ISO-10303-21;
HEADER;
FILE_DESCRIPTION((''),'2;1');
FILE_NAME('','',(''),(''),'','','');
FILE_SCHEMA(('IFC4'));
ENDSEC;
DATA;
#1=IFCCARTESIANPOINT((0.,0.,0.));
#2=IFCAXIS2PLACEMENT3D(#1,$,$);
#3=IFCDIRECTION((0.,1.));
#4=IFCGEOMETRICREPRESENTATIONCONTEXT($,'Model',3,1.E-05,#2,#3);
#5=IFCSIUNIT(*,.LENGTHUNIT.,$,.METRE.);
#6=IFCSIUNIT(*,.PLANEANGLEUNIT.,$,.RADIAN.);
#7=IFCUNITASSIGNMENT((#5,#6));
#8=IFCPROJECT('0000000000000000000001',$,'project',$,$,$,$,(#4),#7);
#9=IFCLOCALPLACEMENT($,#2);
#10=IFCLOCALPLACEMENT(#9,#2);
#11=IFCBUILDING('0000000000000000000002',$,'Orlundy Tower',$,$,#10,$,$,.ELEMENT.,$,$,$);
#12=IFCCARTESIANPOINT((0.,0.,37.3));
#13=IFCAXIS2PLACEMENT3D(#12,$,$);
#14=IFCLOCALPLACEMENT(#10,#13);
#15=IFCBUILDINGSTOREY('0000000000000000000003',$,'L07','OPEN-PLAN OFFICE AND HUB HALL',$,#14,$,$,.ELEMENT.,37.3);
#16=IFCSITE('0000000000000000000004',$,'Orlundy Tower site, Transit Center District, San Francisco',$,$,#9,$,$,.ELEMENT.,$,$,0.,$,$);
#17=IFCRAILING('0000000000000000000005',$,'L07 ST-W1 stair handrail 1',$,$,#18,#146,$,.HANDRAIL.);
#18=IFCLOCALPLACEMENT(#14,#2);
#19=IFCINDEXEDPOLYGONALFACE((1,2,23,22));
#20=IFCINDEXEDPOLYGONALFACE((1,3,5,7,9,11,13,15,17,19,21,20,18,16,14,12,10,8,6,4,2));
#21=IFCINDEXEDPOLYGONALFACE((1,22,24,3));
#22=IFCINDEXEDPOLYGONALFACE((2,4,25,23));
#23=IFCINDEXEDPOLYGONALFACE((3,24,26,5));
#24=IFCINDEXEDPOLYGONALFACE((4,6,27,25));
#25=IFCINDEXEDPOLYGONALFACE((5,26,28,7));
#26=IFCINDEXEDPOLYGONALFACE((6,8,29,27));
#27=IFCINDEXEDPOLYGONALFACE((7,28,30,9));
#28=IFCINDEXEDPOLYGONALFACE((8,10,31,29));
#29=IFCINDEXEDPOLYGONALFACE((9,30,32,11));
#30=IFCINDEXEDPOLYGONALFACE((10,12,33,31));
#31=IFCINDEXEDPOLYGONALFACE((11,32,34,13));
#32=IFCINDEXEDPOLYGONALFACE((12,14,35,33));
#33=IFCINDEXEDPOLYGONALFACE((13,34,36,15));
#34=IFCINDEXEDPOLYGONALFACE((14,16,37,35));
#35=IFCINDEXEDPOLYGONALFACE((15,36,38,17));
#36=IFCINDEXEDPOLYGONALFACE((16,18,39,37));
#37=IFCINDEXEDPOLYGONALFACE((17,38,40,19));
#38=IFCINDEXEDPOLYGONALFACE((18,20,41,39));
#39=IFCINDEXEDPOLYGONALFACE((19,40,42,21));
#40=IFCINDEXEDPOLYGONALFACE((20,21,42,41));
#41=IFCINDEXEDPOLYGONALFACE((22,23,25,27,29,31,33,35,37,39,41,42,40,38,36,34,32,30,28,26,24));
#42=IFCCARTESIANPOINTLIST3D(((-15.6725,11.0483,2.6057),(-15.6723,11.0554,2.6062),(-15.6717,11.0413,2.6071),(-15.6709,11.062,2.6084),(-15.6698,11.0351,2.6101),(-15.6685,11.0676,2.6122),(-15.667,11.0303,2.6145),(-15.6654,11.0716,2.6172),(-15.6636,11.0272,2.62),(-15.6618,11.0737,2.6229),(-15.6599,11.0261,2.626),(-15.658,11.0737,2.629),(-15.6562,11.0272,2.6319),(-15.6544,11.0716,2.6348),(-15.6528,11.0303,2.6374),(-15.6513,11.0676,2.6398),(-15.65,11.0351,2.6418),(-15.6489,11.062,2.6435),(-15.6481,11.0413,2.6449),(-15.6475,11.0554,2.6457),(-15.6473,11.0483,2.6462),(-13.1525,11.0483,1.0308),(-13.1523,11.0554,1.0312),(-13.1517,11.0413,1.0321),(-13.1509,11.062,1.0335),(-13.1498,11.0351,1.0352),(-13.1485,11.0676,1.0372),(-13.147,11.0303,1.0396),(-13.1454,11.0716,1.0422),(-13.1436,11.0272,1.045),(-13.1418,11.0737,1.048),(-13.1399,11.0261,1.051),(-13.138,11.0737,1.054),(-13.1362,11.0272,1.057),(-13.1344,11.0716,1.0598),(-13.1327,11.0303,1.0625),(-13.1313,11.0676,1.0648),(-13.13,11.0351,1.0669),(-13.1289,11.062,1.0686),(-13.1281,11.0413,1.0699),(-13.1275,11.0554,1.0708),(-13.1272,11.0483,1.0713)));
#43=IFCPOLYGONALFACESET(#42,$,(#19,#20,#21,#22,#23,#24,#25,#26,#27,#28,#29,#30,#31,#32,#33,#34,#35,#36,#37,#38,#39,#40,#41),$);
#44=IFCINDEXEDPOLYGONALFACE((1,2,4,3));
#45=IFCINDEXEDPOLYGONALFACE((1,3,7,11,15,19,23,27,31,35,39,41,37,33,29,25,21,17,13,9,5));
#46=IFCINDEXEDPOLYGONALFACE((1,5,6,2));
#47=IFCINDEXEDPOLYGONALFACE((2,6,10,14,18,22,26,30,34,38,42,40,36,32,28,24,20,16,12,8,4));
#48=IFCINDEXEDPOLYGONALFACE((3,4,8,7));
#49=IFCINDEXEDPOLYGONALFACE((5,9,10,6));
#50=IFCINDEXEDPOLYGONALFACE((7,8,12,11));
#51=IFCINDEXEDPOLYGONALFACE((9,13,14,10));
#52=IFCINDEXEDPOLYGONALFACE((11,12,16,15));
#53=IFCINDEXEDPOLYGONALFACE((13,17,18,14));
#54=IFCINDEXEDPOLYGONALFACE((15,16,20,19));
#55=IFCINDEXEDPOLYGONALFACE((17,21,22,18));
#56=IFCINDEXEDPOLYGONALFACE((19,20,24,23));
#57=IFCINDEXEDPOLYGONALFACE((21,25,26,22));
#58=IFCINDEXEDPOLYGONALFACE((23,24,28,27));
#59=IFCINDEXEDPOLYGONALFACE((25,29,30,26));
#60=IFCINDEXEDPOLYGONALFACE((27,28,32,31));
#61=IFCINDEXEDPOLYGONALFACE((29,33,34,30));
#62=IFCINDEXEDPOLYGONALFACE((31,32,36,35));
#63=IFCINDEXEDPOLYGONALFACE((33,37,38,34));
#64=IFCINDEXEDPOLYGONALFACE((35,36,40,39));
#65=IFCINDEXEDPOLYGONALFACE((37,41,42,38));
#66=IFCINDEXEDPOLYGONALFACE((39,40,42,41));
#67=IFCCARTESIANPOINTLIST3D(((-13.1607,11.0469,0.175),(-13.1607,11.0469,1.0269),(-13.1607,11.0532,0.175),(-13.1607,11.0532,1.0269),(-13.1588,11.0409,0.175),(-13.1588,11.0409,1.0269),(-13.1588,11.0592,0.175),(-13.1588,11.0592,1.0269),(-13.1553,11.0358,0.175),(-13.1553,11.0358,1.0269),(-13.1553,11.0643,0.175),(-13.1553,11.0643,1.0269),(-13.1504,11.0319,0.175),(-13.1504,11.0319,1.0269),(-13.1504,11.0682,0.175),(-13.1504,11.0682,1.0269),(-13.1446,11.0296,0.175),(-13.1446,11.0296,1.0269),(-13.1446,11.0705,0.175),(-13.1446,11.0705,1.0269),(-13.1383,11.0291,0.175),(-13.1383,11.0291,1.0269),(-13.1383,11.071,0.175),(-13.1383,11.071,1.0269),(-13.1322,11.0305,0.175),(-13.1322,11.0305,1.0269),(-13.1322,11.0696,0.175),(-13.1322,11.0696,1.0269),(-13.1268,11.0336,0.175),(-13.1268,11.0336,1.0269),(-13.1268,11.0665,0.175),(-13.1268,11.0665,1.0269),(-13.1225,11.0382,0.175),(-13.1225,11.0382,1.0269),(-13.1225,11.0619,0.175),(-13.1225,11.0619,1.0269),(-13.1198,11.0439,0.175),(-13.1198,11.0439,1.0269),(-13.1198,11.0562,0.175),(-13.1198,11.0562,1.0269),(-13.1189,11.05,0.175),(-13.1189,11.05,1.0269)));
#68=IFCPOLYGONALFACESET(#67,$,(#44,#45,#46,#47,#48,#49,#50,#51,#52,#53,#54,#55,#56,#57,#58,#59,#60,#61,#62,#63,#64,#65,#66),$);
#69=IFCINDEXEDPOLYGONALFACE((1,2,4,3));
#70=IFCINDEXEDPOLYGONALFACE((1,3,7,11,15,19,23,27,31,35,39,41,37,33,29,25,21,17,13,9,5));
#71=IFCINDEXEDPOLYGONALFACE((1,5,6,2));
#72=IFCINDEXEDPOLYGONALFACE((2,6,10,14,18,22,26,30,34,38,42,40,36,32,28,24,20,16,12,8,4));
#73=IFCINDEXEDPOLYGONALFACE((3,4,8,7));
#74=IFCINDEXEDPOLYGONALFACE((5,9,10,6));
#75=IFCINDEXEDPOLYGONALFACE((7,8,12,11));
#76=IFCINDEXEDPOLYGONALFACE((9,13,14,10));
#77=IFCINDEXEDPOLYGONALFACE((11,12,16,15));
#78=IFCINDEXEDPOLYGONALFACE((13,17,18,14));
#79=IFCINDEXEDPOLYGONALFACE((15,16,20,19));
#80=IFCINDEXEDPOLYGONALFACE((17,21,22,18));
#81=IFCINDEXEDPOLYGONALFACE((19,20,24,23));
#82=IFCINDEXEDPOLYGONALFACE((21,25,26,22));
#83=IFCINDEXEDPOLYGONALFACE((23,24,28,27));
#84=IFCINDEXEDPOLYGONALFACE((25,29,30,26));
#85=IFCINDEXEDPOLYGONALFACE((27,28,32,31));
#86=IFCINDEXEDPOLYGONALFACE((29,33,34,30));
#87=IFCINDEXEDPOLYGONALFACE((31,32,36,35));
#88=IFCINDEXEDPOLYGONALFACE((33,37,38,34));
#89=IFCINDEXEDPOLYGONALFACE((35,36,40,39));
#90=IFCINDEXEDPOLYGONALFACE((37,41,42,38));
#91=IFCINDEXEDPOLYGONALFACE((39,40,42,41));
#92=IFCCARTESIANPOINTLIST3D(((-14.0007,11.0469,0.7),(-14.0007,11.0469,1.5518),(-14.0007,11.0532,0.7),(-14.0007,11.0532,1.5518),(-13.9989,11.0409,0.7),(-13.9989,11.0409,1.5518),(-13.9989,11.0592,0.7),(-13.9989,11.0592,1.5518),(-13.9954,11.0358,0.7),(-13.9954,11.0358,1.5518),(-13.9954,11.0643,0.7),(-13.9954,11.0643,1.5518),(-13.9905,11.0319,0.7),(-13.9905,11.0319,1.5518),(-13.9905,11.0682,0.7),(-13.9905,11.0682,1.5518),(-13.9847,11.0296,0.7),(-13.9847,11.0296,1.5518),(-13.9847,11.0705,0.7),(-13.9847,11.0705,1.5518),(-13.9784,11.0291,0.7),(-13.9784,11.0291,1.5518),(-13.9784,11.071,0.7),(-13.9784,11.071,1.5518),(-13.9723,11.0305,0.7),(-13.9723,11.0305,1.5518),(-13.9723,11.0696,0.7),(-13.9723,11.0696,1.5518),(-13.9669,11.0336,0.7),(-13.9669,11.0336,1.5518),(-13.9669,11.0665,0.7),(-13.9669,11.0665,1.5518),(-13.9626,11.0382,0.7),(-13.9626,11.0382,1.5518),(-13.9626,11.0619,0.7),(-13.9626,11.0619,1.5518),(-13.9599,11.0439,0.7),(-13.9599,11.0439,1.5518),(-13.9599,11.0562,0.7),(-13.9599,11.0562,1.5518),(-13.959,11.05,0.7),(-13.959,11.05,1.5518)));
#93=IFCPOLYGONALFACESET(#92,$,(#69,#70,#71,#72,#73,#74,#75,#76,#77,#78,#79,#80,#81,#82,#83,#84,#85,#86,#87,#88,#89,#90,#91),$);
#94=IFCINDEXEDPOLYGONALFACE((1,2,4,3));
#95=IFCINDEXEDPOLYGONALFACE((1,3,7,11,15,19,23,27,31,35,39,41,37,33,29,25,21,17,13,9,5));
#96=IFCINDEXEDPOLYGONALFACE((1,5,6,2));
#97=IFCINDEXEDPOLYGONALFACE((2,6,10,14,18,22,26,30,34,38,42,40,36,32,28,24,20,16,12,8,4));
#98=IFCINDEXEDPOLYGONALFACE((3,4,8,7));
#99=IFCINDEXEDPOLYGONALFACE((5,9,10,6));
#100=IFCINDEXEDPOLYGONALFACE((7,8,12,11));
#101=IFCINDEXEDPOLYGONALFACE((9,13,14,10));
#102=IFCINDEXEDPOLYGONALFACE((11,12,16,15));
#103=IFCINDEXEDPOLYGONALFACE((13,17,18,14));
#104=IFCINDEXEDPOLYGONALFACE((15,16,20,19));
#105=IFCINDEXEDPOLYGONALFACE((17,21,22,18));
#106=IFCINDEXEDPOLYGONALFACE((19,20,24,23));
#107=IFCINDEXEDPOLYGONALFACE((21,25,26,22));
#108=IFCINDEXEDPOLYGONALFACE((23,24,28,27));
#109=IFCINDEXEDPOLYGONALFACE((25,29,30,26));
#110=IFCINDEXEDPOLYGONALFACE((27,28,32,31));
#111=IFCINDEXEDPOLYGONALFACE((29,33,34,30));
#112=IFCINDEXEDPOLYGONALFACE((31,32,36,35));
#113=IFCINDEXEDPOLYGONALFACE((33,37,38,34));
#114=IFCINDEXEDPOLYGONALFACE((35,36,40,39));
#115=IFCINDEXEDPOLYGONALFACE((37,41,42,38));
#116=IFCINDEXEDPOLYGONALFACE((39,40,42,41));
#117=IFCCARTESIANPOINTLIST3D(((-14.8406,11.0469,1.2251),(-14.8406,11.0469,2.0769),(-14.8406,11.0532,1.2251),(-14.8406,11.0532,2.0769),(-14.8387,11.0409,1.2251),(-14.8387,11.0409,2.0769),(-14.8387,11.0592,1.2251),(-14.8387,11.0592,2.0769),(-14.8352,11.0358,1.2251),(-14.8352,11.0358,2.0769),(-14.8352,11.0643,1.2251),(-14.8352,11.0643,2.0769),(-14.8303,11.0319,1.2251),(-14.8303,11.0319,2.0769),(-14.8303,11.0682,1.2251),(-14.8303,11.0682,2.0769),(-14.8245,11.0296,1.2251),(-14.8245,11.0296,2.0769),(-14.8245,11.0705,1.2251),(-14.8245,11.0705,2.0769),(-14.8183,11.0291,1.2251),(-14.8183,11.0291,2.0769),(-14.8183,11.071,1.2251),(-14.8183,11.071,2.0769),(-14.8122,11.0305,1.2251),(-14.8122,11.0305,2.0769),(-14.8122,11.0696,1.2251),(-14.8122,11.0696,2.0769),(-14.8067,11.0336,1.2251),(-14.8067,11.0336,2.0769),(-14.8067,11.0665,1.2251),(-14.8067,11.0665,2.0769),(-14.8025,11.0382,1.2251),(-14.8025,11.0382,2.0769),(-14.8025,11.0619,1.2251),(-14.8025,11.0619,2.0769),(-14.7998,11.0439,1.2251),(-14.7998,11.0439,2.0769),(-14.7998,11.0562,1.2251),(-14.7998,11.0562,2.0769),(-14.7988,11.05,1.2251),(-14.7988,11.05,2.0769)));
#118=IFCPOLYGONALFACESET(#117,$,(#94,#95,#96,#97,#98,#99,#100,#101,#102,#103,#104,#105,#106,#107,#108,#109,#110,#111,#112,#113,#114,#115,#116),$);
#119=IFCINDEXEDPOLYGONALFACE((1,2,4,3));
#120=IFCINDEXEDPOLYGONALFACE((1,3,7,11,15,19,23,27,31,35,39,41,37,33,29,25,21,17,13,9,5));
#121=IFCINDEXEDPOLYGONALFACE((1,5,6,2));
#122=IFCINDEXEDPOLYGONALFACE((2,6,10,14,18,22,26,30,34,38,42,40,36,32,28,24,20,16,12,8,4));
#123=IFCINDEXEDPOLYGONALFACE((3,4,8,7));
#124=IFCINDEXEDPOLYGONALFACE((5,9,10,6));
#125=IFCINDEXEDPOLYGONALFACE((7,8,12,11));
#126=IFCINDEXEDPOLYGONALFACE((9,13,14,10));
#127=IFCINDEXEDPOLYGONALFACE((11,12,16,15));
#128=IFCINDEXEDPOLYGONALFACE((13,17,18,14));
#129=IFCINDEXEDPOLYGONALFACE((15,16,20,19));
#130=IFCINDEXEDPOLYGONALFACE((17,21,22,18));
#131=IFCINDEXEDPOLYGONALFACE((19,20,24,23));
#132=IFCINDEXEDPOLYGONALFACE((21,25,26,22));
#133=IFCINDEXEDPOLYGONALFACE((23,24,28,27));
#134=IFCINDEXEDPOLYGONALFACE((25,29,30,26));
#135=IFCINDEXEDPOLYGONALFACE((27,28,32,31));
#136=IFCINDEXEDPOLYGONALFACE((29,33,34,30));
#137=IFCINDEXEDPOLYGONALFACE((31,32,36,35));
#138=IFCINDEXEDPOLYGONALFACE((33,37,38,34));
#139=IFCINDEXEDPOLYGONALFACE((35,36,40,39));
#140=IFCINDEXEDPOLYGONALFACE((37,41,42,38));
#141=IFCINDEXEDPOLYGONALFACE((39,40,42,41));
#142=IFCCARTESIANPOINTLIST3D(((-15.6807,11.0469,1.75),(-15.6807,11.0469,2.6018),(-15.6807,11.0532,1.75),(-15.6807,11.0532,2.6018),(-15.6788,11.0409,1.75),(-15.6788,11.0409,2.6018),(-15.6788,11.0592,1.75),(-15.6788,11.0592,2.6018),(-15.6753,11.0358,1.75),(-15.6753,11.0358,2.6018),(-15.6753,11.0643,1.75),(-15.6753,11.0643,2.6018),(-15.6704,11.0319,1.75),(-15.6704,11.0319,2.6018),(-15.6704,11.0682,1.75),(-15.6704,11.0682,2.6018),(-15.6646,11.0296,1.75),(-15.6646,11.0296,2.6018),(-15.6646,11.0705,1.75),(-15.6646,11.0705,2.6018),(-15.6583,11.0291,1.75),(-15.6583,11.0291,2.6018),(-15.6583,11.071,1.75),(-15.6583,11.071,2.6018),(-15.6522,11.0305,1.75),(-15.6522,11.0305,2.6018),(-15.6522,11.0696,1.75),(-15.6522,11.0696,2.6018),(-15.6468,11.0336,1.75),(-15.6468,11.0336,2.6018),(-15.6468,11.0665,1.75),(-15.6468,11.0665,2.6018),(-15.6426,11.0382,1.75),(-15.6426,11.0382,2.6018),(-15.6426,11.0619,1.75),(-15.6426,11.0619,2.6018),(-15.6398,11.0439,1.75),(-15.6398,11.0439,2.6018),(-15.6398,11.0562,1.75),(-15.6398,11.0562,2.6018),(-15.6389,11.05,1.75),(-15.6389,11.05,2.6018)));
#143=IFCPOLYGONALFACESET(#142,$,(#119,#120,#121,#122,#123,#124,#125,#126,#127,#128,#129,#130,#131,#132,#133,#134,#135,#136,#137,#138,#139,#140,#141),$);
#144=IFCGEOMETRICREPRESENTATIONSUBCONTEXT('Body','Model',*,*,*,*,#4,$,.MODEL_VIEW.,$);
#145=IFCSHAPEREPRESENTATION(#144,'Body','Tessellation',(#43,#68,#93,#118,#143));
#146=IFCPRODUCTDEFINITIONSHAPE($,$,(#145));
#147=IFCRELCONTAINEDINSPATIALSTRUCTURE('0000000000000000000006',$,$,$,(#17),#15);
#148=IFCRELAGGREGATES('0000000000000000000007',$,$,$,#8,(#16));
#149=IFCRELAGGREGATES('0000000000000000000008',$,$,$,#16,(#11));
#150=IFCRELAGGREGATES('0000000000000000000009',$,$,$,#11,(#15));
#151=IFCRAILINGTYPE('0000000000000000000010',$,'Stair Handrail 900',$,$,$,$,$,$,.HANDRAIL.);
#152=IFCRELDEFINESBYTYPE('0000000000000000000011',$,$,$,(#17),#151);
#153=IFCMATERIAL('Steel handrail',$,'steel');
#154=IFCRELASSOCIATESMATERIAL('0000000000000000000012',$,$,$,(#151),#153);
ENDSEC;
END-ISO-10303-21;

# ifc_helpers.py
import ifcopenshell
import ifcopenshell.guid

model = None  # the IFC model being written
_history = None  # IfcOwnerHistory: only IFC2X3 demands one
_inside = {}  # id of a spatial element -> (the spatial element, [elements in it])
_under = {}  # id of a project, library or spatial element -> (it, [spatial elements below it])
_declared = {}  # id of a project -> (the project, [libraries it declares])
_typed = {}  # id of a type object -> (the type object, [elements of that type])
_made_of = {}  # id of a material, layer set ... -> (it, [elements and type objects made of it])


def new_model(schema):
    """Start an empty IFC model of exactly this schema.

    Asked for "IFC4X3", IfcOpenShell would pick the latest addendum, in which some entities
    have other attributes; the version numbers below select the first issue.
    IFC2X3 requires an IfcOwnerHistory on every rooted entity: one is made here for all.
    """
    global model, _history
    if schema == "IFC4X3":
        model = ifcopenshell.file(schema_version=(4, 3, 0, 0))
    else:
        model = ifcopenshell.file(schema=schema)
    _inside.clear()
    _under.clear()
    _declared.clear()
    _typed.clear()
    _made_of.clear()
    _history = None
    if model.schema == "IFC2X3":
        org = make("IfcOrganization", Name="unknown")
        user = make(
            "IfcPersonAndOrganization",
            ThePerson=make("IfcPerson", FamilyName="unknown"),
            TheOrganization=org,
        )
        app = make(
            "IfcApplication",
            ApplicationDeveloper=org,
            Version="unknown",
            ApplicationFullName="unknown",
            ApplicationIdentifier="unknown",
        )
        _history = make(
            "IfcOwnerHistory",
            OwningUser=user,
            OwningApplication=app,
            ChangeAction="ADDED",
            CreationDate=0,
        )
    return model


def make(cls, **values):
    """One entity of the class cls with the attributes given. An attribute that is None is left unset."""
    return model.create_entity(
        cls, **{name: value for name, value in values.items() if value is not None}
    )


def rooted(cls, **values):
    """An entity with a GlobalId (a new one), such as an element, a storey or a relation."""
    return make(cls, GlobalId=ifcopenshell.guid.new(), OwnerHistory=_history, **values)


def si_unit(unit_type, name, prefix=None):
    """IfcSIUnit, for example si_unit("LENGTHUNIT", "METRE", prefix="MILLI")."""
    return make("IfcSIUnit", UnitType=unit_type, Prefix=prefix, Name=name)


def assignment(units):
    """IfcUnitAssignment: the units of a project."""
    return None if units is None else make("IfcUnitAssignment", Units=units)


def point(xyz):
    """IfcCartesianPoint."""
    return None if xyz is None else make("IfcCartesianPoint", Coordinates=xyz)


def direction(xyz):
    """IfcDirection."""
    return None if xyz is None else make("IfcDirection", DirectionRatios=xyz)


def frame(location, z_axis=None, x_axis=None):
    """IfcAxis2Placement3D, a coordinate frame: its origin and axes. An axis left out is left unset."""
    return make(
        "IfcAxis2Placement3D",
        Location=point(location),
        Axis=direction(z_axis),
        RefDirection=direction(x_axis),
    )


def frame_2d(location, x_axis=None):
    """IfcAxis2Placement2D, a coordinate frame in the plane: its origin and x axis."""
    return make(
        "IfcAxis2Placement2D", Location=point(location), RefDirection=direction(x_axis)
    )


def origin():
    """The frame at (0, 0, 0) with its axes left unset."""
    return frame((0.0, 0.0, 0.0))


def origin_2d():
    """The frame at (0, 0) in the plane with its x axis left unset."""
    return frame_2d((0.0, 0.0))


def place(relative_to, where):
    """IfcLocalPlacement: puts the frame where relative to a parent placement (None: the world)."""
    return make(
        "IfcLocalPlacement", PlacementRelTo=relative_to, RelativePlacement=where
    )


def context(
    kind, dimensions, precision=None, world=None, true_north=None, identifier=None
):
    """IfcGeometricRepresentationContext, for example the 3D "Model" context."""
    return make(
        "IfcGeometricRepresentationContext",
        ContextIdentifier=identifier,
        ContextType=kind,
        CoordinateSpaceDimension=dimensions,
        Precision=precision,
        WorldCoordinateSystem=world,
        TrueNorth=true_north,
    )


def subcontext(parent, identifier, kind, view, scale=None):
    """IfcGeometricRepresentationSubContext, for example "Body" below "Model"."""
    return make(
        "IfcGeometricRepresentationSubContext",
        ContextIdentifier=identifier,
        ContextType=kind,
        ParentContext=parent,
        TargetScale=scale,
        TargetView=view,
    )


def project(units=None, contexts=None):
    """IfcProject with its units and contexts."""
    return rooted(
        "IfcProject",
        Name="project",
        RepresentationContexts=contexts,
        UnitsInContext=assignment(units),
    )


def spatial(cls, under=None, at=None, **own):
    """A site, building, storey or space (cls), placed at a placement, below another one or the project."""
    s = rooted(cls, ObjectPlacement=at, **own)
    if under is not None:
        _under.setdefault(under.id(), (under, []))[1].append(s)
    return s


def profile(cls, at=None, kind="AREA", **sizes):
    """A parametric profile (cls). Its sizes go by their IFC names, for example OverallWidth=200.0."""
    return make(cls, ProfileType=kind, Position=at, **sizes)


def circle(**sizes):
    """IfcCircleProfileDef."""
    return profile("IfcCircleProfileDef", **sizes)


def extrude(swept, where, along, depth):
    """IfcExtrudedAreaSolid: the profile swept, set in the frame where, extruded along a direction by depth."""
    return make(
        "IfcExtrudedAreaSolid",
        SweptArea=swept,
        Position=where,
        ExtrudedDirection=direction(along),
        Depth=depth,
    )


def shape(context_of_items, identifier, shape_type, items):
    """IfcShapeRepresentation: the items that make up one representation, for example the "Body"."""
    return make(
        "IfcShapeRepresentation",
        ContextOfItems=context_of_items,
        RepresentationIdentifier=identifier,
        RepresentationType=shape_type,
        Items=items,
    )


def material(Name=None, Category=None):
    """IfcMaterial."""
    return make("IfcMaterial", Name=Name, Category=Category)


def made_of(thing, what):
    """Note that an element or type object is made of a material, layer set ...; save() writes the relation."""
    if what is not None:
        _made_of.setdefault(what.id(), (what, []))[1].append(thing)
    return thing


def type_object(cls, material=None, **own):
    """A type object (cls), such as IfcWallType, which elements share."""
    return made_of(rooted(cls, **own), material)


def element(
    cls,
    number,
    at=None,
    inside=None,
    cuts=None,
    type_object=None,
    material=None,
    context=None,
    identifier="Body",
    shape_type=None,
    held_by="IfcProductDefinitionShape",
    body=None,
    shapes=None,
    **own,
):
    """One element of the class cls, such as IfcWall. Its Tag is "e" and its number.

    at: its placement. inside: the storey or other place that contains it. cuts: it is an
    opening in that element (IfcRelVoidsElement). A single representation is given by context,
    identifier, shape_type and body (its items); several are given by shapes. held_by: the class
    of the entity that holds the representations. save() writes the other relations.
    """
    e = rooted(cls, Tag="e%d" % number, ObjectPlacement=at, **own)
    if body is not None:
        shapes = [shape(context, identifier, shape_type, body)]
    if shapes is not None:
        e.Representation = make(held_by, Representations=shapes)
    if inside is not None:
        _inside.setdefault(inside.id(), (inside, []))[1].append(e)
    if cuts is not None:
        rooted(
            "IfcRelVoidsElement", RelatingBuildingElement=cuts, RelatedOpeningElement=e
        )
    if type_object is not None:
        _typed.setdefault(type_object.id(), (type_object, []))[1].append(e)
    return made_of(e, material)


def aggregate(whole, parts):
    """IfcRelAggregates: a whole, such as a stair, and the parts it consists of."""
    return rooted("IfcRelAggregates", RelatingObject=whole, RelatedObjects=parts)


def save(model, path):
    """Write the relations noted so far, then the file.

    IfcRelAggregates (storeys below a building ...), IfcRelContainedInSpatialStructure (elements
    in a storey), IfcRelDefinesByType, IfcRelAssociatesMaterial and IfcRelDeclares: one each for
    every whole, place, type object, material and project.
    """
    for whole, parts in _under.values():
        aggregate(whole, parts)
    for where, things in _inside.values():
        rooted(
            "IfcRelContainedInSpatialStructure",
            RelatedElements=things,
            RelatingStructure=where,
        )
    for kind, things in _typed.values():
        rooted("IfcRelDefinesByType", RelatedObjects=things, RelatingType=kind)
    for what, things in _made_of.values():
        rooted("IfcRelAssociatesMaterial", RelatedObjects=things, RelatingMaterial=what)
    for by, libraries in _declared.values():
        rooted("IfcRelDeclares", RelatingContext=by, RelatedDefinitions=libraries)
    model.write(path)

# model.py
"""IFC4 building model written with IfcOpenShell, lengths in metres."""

from ifc_helpers import new_model, si_unit, direction, frame, origin, origin_2d, place, context, subcontext, project, spatial, circle, extrude, material, type_object, element, save


model = new_model("IFC4")

# Units and contexts
model_context = context("Model", 3, precision=1e-05, world=origin(), true_north=direction((0.0, 1.0)))
body_context = subcontext(model_context, "Body", "Model", "MODEL_VIEW")
ifc_project = project(units=[si_unit("LENGTHUNIT", "METRE"), si_unit("PLANEANGLEUNIT", "RADIAN")], contexts=[model_context])

# Site, building, storey
site_placement = place(None, origin())
site = spatial("IfcSite", under=ifc_project, at=site_placement, Name="Orlundy Tower site, Transit Center District, San Francisco", CompositionType="ELEMENT", RefElevation=0.0)
building_placement = place(site_placement, origin())
building = spatial("IfcBuilding", under=site, at=building_placement, Name="Orlundy Tower", CompositionType="ELEMENT")
storey_placement = place(building_placement, frame((0.0, 0.0, 37.3)))
storey = spatial("IfcBuildingStorey", under=building, at=storey_placement, Name="L07", Description="OPEN-PLAN OFFICE AND HUB HALL", CompositionType="ELEMENT", Elevation=37.3)

# Railing
ifc_material_1 = material(Name="Steel handrail", Category="steel")
railing_type_1 = type_object("IfcRailingType", Name="Stair Handrail 900", PredefinedType="HANDRAIL", material=ifc_material_1)
railing_1_placement = place(storey_placement, frame((-13.1399, 11.05, 0.175)))
element("IfcRailing", 1, at=railing_1_placement, inside=storey, type_object=railing_type_1, Name="L07 ST-W1 stair handrail 1", PredefinedType="HANDRAIL", context=body_context, shape_type="SweptSolid", body=[
    extrude(circle(Radius=0.0239, at=origin_2d()), frame((0.0, 0.0, 0.876), z_axis=(-0.848008, 0.0, 0.529984), x_axis=(0.0, -1.0, 0.0)), (0.0, 0.0, 1.0), 2.9717),
    extrude(circle(Radius=0.021, at=origin_2d()), origin(), (0.0, 0.0, 1.0), 0.8518),
    extrude(circle(Radius=0.021, at=origin_2d()), frame((-0.8401, 0.0, 0.5249)), (0.0, 0.0, 1.0), 0.8518),
    extrude(circle(Radius=0.021, at=origin_2d()), frame((-1.6799, 0.0, 1.05)), (0.0, 0.0, 1.0), 0.8518),
    extrude(circle(Radius=0.021, at=origin_2d()), frame((-2.52, 0.0, 1.575)), (0.0, 0.0, 1.0), 0.8518),
])

save(model, "model.ifc")
